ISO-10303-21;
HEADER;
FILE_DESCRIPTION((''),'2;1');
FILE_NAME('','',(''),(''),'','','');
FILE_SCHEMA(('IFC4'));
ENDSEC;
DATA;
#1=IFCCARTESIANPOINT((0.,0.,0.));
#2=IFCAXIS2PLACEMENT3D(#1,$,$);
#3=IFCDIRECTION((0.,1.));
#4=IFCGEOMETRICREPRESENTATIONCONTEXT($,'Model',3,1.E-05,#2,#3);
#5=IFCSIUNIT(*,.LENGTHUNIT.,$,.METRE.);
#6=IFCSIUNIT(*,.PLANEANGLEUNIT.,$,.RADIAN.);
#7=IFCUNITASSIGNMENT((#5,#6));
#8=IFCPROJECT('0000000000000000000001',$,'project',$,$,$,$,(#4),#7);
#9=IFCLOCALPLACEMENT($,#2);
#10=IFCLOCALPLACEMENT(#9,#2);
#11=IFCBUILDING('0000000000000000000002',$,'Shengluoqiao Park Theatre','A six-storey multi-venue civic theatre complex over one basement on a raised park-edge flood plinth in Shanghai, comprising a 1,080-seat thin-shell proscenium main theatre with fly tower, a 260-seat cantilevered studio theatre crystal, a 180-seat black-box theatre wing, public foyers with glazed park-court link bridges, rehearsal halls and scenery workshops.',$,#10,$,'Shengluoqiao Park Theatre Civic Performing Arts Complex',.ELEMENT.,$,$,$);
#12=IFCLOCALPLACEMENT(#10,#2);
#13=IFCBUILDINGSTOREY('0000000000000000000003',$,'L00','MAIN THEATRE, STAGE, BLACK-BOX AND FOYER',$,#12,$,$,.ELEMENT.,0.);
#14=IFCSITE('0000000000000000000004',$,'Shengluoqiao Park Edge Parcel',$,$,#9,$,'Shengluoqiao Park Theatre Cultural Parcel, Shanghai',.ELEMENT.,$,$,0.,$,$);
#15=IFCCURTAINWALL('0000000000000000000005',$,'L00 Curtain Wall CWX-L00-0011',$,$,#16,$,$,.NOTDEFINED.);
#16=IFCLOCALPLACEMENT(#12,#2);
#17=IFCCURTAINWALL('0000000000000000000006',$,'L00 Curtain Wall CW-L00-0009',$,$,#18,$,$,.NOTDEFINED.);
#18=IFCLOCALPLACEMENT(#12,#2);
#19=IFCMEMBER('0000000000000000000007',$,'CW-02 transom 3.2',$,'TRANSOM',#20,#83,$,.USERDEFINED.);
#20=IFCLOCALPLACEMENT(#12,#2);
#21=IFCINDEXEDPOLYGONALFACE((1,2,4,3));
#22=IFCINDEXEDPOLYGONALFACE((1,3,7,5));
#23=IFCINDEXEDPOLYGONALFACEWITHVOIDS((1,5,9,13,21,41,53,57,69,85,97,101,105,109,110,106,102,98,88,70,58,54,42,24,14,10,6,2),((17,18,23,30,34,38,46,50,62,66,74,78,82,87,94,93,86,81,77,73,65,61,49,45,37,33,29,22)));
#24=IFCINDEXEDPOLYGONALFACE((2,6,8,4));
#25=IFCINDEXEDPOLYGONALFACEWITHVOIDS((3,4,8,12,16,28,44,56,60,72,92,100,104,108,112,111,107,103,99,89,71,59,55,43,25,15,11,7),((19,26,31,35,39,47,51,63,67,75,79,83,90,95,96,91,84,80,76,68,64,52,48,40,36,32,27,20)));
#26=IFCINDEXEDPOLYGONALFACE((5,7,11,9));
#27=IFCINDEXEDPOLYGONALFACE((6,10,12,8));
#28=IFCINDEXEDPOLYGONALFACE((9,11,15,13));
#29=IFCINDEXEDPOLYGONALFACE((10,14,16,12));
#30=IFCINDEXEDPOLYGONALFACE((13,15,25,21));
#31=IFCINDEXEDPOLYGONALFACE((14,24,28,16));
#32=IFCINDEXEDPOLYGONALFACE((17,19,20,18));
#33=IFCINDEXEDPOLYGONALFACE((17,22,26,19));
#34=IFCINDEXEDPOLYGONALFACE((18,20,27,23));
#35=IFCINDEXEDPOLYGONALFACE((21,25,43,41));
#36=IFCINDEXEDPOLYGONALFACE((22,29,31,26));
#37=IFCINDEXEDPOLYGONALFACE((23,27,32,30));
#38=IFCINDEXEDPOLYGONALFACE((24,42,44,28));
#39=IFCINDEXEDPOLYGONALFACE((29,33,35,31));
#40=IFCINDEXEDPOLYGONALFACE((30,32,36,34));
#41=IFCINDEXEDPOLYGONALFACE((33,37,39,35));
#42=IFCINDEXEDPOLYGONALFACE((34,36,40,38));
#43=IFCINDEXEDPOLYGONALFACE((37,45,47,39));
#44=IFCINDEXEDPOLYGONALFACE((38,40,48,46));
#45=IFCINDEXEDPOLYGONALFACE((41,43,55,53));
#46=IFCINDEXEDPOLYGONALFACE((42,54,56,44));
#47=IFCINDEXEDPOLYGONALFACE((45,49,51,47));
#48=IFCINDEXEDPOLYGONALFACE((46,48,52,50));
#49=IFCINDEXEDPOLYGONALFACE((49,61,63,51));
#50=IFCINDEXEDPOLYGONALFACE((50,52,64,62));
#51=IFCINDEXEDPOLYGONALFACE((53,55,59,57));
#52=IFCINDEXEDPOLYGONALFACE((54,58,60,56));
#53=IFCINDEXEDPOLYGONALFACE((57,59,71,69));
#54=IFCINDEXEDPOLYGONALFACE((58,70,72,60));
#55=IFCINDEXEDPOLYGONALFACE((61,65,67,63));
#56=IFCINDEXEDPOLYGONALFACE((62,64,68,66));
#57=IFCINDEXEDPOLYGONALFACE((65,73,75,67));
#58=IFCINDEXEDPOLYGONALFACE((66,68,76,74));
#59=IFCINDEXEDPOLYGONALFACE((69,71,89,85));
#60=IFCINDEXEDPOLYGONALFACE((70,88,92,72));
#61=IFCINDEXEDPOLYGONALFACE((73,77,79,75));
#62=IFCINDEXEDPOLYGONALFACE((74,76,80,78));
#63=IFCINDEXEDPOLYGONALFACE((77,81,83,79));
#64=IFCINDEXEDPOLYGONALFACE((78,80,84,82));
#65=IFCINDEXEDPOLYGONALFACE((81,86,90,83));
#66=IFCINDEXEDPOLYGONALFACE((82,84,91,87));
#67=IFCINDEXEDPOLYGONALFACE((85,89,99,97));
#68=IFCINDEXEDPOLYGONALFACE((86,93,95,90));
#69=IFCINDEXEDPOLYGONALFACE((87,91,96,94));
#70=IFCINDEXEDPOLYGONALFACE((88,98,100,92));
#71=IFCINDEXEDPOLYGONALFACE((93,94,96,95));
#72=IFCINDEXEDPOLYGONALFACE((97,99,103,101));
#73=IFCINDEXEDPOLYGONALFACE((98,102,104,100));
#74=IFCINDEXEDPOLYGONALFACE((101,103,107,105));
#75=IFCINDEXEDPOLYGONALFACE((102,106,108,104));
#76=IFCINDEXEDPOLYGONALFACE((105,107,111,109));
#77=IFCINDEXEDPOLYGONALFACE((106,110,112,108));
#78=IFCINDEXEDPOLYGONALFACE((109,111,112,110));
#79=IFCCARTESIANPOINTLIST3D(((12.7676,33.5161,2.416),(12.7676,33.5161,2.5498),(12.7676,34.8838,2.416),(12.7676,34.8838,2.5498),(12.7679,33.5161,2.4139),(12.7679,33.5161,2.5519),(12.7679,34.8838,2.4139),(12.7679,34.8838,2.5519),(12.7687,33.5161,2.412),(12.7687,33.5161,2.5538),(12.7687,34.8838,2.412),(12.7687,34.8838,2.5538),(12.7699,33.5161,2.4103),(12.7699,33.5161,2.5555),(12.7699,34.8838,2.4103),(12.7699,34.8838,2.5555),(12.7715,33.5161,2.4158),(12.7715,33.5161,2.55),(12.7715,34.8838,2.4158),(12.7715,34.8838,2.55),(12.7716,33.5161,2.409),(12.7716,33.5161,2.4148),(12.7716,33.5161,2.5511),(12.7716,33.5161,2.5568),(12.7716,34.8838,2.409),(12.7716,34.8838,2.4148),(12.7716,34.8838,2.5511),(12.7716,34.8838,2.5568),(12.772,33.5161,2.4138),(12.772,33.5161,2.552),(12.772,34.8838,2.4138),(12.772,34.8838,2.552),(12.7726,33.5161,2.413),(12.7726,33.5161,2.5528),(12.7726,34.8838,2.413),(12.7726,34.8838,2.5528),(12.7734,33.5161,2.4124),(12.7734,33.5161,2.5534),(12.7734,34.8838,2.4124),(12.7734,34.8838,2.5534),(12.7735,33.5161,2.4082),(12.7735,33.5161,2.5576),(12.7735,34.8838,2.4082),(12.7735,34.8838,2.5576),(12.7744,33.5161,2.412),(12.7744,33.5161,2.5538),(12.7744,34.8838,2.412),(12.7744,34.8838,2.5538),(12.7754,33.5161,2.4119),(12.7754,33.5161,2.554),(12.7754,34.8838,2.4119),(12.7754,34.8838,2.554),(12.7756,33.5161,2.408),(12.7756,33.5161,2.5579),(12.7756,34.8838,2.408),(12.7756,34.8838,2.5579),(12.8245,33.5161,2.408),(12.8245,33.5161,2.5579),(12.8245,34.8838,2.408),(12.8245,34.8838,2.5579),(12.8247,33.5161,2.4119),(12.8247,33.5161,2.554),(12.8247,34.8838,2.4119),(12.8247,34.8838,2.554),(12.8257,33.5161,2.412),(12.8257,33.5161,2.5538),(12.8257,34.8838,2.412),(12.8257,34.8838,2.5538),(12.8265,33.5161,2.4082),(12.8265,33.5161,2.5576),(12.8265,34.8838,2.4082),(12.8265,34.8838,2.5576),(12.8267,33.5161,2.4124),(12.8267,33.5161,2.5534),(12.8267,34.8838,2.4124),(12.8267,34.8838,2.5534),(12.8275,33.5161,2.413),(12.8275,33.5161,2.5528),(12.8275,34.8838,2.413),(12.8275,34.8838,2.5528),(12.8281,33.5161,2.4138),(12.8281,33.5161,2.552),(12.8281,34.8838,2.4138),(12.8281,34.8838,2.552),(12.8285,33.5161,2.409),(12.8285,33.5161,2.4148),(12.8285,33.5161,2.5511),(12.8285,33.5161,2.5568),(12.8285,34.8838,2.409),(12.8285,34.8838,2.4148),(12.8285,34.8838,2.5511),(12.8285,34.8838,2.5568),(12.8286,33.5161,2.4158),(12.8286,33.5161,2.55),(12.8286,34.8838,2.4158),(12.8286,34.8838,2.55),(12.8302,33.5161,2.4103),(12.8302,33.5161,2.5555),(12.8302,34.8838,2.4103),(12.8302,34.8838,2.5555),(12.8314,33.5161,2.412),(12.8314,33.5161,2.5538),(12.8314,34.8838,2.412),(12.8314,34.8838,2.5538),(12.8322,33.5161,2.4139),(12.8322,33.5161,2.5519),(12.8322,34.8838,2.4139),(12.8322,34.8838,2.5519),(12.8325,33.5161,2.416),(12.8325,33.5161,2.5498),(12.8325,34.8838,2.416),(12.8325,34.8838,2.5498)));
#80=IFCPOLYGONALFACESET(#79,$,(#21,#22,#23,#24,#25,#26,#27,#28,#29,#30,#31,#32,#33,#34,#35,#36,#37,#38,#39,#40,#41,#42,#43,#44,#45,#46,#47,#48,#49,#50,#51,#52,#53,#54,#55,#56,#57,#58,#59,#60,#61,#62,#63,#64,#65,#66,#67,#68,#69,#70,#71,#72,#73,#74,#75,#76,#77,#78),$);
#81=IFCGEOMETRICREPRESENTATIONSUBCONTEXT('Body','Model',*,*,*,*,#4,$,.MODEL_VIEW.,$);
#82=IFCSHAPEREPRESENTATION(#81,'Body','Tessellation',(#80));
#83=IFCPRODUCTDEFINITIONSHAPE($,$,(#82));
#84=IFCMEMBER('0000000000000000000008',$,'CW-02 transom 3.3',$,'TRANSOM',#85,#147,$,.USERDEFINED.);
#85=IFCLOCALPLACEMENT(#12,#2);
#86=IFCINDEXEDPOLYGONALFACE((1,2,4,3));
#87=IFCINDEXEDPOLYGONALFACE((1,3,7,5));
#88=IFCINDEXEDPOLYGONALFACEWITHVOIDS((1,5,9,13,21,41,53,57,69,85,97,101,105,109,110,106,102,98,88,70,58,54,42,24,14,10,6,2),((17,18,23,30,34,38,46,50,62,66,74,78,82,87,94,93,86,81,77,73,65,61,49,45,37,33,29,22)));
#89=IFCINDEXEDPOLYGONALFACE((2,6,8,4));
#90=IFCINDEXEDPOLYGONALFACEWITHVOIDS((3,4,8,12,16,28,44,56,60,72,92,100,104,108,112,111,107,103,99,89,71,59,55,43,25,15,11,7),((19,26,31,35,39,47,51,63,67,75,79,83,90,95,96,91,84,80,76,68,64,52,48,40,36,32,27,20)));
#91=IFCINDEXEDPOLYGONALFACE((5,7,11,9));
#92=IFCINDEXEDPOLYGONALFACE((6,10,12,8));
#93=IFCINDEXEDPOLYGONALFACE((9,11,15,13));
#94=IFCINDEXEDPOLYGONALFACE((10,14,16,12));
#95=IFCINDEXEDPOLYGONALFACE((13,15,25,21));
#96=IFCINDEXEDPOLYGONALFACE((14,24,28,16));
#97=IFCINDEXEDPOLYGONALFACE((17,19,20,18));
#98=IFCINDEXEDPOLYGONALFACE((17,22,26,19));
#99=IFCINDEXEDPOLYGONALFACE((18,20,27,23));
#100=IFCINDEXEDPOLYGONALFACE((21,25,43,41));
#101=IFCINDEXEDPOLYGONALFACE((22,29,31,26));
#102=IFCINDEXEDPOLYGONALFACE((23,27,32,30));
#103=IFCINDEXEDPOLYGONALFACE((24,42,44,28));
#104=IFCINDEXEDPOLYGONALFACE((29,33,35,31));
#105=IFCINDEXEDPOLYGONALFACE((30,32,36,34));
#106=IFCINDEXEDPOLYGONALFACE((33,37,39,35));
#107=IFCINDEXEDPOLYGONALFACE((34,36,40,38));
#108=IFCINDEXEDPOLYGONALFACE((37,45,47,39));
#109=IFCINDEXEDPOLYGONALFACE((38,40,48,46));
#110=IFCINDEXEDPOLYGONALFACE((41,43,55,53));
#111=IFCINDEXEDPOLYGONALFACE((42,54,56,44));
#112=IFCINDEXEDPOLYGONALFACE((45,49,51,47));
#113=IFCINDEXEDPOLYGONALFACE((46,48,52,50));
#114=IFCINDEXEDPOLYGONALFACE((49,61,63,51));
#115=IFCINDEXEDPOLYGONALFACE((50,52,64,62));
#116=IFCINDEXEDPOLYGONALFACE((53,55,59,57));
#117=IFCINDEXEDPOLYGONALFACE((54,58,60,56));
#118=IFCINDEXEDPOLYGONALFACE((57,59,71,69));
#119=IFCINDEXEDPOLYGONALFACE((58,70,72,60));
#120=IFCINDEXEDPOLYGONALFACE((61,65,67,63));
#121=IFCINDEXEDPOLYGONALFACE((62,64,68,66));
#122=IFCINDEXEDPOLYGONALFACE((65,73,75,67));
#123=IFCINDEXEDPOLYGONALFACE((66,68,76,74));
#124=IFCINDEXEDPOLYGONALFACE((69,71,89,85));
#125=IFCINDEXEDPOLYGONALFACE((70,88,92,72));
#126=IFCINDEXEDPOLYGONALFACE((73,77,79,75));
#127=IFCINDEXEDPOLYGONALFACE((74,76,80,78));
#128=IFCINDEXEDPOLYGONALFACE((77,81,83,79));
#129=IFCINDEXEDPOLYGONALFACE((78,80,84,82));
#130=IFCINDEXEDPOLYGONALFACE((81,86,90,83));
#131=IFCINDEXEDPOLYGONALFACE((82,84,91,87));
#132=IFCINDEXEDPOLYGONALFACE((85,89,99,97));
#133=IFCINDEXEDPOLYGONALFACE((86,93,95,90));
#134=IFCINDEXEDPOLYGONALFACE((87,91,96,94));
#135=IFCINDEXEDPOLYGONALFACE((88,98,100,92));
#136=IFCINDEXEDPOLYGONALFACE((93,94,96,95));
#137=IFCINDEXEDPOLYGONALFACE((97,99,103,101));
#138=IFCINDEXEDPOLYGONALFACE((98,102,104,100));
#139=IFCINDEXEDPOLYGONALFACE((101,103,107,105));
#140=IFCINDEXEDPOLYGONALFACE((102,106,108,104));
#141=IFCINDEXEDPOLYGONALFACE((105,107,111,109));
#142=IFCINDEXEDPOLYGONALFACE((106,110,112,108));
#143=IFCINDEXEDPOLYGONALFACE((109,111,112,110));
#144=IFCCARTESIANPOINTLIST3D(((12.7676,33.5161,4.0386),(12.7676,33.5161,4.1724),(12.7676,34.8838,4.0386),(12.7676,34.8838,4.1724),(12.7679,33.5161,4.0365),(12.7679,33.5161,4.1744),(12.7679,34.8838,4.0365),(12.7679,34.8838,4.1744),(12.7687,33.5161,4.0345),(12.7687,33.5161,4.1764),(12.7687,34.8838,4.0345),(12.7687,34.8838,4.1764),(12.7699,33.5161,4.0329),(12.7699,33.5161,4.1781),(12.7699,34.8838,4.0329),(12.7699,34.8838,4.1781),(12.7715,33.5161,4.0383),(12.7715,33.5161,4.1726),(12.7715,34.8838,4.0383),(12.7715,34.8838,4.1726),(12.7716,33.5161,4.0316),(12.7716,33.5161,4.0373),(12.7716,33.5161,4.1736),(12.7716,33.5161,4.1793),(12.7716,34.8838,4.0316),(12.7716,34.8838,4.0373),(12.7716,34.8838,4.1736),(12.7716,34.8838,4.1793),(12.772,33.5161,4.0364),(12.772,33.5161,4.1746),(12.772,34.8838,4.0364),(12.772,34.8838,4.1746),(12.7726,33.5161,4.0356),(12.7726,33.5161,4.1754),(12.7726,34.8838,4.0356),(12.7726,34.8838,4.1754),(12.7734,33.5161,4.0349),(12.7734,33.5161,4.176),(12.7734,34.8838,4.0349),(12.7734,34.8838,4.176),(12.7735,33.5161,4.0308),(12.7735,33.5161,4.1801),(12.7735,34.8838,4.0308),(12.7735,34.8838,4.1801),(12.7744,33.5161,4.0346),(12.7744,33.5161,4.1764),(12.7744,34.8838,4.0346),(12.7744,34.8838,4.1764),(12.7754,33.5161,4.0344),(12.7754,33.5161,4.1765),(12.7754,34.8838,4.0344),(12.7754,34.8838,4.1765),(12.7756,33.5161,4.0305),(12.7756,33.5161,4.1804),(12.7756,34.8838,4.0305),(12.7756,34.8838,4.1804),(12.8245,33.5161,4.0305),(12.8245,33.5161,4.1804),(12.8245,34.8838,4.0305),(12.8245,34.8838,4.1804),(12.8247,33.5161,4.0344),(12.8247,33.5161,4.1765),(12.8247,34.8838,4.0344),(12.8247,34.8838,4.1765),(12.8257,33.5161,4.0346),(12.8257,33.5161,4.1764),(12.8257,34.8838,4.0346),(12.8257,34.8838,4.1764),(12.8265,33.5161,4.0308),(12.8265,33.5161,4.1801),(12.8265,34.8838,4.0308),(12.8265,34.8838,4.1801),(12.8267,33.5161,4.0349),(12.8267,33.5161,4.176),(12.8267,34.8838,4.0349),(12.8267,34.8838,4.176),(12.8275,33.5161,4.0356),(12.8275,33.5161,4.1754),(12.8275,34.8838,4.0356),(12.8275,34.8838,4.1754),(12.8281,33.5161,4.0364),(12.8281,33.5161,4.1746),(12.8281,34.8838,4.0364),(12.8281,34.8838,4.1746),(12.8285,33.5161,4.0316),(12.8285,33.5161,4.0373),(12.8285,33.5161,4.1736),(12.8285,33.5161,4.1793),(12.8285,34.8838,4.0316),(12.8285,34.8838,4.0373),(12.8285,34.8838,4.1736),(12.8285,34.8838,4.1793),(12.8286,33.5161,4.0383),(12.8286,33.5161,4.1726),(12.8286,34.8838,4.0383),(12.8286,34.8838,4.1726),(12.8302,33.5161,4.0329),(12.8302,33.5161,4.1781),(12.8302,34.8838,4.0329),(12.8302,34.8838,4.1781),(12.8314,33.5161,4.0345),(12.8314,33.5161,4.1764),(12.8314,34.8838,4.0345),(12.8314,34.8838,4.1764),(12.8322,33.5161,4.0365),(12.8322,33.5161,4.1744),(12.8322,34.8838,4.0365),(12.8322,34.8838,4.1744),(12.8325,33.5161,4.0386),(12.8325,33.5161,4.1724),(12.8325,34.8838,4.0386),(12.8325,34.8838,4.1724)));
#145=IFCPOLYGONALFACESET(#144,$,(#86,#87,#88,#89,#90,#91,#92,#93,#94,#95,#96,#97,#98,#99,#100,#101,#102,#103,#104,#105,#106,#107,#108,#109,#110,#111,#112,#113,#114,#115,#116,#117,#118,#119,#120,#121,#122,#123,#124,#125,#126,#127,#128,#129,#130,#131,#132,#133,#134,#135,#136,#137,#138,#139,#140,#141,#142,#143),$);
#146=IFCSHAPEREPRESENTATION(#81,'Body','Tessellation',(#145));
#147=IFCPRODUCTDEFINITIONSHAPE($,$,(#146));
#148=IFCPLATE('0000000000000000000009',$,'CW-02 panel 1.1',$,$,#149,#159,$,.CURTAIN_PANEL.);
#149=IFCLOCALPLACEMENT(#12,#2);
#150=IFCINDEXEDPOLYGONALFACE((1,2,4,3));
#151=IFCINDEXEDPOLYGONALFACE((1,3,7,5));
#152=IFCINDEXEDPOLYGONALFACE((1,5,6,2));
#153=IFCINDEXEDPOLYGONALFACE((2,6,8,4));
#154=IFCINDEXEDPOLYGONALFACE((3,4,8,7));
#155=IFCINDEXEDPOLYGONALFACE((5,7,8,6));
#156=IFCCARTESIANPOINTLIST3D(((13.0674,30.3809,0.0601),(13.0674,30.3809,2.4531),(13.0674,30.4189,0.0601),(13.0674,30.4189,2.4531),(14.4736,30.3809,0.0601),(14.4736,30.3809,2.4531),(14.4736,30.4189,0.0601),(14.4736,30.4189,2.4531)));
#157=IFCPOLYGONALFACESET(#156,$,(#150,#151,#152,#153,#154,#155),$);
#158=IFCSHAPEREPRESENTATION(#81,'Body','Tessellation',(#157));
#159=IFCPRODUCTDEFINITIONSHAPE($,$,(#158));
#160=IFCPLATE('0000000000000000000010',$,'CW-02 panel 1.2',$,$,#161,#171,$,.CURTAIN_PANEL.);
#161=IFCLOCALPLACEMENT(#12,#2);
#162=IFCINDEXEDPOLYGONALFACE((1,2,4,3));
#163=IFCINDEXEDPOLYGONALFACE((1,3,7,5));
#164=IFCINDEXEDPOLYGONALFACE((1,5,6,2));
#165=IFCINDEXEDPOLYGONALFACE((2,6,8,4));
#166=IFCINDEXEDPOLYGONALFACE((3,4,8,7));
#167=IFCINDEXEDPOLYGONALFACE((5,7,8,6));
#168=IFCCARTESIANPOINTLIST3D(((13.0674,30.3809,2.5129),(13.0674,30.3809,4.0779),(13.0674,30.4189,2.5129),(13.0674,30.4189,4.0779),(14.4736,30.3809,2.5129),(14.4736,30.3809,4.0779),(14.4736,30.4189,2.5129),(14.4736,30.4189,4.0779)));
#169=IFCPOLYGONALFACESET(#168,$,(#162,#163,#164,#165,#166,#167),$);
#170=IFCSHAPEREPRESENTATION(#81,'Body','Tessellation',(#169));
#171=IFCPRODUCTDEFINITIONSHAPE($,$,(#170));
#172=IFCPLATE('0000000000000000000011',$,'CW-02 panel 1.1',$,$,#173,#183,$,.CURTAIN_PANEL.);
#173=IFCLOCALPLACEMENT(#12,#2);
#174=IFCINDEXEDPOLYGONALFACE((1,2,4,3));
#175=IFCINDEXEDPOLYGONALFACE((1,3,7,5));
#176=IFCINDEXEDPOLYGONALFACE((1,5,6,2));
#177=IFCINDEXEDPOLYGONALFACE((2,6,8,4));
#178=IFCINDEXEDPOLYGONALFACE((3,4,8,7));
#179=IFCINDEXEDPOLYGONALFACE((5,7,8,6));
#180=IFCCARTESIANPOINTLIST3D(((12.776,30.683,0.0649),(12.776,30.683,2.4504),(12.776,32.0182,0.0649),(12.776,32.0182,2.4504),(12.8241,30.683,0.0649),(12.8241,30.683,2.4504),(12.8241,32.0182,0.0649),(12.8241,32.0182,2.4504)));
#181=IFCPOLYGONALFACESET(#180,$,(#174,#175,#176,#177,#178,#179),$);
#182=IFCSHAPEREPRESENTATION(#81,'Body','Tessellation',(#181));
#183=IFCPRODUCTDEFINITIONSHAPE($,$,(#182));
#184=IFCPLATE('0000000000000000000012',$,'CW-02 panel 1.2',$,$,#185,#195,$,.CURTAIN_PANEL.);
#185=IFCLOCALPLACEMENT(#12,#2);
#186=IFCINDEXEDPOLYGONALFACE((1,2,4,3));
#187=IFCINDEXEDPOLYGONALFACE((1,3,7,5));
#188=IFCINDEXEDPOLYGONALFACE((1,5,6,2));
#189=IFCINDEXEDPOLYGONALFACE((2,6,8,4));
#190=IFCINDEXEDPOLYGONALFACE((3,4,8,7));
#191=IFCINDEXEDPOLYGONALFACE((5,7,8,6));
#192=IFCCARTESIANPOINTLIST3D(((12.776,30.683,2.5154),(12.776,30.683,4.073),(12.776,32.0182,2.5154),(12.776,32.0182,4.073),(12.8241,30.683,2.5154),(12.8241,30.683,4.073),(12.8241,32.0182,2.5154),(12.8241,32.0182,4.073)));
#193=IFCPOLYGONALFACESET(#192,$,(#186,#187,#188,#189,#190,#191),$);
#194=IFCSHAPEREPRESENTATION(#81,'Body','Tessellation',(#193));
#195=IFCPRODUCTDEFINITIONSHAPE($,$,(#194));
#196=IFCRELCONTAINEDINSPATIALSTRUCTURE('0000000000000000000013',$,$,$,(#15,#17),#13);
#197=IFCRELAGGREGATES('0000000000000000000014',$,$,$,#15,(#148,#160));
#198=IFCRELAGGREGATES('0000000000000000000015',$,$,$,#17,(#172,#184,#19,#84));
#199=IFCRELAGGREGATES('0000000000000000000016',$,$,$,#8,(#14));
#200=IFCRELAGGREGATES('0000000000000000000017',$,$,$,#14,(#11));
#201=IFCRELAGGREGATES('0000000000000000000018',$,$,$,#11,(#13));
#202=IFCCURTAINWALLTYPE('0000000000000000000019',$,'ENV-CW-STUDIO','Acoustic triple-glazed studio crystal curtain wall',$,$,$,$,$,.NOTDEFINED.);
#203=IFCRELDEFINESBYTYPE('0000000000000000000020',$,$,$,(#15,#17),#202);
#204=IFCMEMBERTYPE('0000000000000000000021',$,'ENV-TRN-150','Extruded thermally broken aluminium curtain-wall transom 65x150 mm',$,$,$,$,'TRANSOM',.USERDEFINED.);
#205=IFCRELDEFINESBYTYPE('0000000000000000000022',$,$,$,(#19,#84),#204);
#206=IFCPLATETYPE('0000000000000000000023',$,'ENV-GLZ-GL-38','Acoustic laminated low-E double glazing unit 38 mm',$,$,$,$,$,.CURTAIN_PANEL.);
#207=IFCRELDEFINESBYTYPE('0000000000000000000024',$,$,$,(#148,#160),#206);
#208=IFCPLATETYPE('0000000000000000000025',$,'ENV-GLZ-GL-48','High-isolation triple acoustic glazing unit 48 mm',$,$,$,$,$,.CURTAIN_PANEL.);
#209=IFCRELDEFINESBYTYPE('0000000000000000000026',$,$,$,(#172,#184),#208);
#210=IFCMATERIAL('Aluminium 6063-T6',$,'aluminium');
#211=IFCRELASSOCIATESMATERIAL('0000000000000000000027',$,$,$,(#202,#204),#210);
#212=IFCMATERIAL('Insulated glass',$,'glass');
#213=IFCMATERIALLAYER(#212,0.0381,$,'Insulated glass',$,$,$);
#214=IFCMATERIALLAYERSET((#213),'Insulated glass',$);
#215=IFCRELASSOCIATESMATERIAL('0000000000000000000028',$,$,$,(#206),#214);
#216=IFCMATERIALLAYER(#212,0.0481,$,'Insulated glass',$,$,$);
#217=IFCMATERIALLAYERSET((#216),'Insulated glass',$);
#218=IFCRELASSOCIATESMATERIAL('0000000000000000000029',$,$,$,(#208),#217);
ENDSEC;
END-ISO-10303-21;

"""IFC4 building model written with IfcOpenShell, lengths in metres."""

from ifc_helpers import new_model, si_unit, direction, frame, origin, origin_2d, place, context, subcontext, project, spatial, rectangle, hollow_rectangle, extrude, material, layer, layer_set, material_profile, profile_set, type_object, element, aggregate, save


model = new_model("IFC4")

# Units and contexts
model_context = context("Model", 3, precision=1e-05, world=origin(), true_north=direction((0.0, 1.0)))
body_context = subcontext(model_context, "Body", "Model", "MODEL_VIEW")
ifc_project = project(units=[si_unit("LENGTHUNIT", "METRE"), si_unit("PLANEANGLEUNIT", "RADIAN")], contexts=[model_context])

# Site, building, storey
site_placement = place(None, origin())
site = spatial("IfcSite", under=ifc_project, at=site_placement, Name="Shengluoqiao Park Edge Parcel", LongName="Shengluoqiao Park Theatre Cultural Parcel, Shanghai", CompositionType="ELEMENT", RefElevation=0.0)
building_placement = place(site_placement, origin())
building = spatial("IfcBuilding", under=site, at=building_placement, Name="Shengluoqiao Park Theatre", Description="A six-storey multi-venue civic theatre complex over one basement on a raised park-edge flood plinth in Shanghai, comprising a 1,080-seat thin-shell proscenium main theatre with fly tower, a 260-seat cantilevered studio theatre crystal, a 180-seat black-box theatre wing, public foyers with glazed park-court link bridges, rehearsal halls and scenery workshops.", LongName="Shengluoqiao Park Theatre Civic Performing Arts Complex", CompositionType="ELEMENT")
storey_placement = place(building_placement, origin())
storey = spatial("IfcBuildingStorey", under=building, at=storey_placement, Name="L00", Description="MAIN THEATRE, STAGE, BLACK-BOX AND FOYER", CompositionType="ELEMENT", Elevation=0.0)

# Curtain wall
ifc_material_1 = material(Name="Aluminium 6063-T6", Category="aluminium")
curtain_wall_type = type_object("IfcCurtainWallType", Name="ENV-CW-STUDIO", Description="Acoustic triple-glazed studio crystal curtain wall", PredefinedType="NOTDEFINED", material=ifc_material_1)
curtain_wall_1_placement = place(storey_placement, origin())
curtain_wall_1 = element("IfcCurtainWall", 1, at=curtain_wall_1_placement, inside=storey, type_object=curtain_wall_type, Name="L00 Curtain Wall CWX-L00-0011", PredefinedType="NOTDEFINED")

# Curtain wall
curtain_wall_2_placement = place(storey_placement, origin())
curtain_wall_2 = element("IfcCurtainWall", 2, at=curtain_wall_2_placement, inside=storey, type_object=curtain_wall_type, Name="L00 Curtain Wall CW-L00-0009", PredefinedType="NOTDEFINED")

# Members
ifc_material_profile_1 = material_profile(ifc_material_1, hollow_rectangle(XDim=0.0649, YDim=0.1499, WallThickness=0.0039, InnerFilletRadius=0.0039, OuterFilletRadius=0.0081, at=origin_2d()), Name="ALU TRANSOM 150x65x4")
ifc_profile_set_1 = profile_set([ifc_material_profile_1], Name="Aluminium 6063-T6")
member_type_1 = type_object("IfcMemberType", Name="ENV-TRN-150", Description="Extruded thermally broken aluminium curtain-wall transom 65x150 mm", ElementType="TRANSOM", PredefinedType="USERDEFINED", material=ifc_profile_set_1)
member_1_placement = place(storey_placement, frame((12.8, 33.5161, 2.4829), z_axis=(0.0, 1.0, 0.0), x_axis=(-1.0, 0.0, 0.0)))
member_1 = element("IfcMember", 3, at=member_1_placement, type_object=member_type_1, Name="CW-02 transom 3.2", ObjectType="TRANSOM", PredefinedType="USERDEFINED", context=body_context, shape_type="SweptSolid", body=[
    extrude(hollow_rectangle(XDim=0.0649, YDim=0.1499, WallThickness=0.0039, InnerFilletRadius=0.0039, OuterFilletRadius=0.0081, at=origin_2d()), origin(), (0.0, 0.0, 1.0), 1.3677),
])
member_2_placement = place(storey_placement, frame((12.8, 33.5161, 4.1055), z_axis=(0.0, 1.0, 0.0), x_axis=(-1.0, 0.0, 0.0)))
member_2 = element("IfcMember", 4, at=member_2_placement, type_object=member_type_1, Name="CW-02 transom 3.3", ObjectType="TRANSOM", PredefinedType="USERDEFINED", context=body_context, shape_type="SweptSolid", body=[
    extrude(hollow_rectangle(XDim=0.0649, YDim=0.1499, WallThickness=0.0039, InnerFilletRadius=0.0039, OuterFilletRadius=0.0081, at=origin_2d()), origin(), (0.0, 0.0, 1.0), 1.3677),
])

# Plates
ifc_material_2 = material(Name="Insulated glass", Category="glass")
ifc_layer_1 = layer(ifc_material_2, 0.0381, Name="Insulated glass")
ifc_layer_set_1 = layer_set([ifc_layer_1], Name="Insulated glass")
plate_type_1 = type_object("IfcPlateType", Name="ENV-GLZ-GL-38", Description="Acoustic laminated low-E double glazing unit 38 mm", PredefinedType="CURTAIN_PANEL", material=ifc_layer_set_1)
plate_1_placement = place(storey_placement, frame((13.7705, 30.3999, 0.0601), z_axis=(0.0, 0.0, 1.0), x_axis=(1.0, 0.0, 0.0)))
plate_1 = element("IfcPlate", 5, at=plate_1_placement, type_object=plate_type_1, Name="CW-02 panel 1.1", PredefinedType="CURTAIN_PANEL", context=body_context, shape_type="SweptSolid", body=[
    extrude(rectangle(XDim=1.4062, YDim=0.0381, at=origin_2d()), origin(), (0.0, 0.0, 1.0), 2.3931),
])
plate_2_placement = place(storey_placement, frame((13.7705, 30.3999, 2.5129), z_axis=(0.0, 0.0, 1.0), x_axis=(1.0, 0.0, 0.0)))
plate_2 = element("IfcPlate", 6, at=plate_2_placement, type_object=plate_type_1, Name="CW-02 panel 1.2", PredefinedType="CURTAIN_PANEL", context=body_context, shape_type="SweptSolid", body=[
    extrude(rectangle(XDim=1.4062, YDim=0.0381, at=origin_2d()), origin(), (0.0, 0.0, 1.0), 1.5649),
])
aggregate(curtain_wall_1, [plate_1, plate_2])
ifc_layer_2 = layer(ifc_material_2, 0.0481, Name="Insulated glass")
ifc_layer_set_2 = layer_set([ifc_layer_2], Name="Insulated glass")
plate_type_2 = type_object("IfcPlateType", Name="ENV-GLZ-GL-48", Description="High-isolation triple acoustic glazing unit 48 mm", PredefinedType="CURTAIN_PANEL", material=ifc_layer_set_2)
plate_3_placement = place(storey_placement, frame((12.8, 31.3506, 0.0649), z_axis=(0.0, 0.0, 1.0), x_axis=(0.0, 1.0, 0.0)))
plate_3 = element("IfcPlate", 7, at=plate_3_placement, type_object=plate_type_2, Name="CW-02 panel 1.1", PredefinedType="CURTAIN_PANEL", context=body_context, shape_type="SweptSolid", body=[
    extrude(rectangle(XDim=1.3352, YDim=0.0481, at=origin_2d()), origin(), (0.0, 0.0, 1.0), 2.3855),
])
plate_4_placement = place(storey_placement, frame((12.8, 31.3506, 2.5154), z_axis=(0.0, 0.0, 1.0), x_axis=(0.0, 1.0, 0.0)))
plate_4 = element("IfcPlate", 8, at=plate_4_placement, type_object=plate_type_2, Name="CW-02 panel 1.2", PredefinedType="CURTAIN_PANEL", context=body_context, shape_type="SweptSolid", body=[
    extrude(rectangle(XDim=1.3352, YDim=0.0481, at=origin_2d()), origin(), (0.0, 0.0, 1.0), 1.5576),
])
aggregate(curtain_wall_2, [plate_3, plate_4, member_1, member_2])

save(model, "model.ifc")
